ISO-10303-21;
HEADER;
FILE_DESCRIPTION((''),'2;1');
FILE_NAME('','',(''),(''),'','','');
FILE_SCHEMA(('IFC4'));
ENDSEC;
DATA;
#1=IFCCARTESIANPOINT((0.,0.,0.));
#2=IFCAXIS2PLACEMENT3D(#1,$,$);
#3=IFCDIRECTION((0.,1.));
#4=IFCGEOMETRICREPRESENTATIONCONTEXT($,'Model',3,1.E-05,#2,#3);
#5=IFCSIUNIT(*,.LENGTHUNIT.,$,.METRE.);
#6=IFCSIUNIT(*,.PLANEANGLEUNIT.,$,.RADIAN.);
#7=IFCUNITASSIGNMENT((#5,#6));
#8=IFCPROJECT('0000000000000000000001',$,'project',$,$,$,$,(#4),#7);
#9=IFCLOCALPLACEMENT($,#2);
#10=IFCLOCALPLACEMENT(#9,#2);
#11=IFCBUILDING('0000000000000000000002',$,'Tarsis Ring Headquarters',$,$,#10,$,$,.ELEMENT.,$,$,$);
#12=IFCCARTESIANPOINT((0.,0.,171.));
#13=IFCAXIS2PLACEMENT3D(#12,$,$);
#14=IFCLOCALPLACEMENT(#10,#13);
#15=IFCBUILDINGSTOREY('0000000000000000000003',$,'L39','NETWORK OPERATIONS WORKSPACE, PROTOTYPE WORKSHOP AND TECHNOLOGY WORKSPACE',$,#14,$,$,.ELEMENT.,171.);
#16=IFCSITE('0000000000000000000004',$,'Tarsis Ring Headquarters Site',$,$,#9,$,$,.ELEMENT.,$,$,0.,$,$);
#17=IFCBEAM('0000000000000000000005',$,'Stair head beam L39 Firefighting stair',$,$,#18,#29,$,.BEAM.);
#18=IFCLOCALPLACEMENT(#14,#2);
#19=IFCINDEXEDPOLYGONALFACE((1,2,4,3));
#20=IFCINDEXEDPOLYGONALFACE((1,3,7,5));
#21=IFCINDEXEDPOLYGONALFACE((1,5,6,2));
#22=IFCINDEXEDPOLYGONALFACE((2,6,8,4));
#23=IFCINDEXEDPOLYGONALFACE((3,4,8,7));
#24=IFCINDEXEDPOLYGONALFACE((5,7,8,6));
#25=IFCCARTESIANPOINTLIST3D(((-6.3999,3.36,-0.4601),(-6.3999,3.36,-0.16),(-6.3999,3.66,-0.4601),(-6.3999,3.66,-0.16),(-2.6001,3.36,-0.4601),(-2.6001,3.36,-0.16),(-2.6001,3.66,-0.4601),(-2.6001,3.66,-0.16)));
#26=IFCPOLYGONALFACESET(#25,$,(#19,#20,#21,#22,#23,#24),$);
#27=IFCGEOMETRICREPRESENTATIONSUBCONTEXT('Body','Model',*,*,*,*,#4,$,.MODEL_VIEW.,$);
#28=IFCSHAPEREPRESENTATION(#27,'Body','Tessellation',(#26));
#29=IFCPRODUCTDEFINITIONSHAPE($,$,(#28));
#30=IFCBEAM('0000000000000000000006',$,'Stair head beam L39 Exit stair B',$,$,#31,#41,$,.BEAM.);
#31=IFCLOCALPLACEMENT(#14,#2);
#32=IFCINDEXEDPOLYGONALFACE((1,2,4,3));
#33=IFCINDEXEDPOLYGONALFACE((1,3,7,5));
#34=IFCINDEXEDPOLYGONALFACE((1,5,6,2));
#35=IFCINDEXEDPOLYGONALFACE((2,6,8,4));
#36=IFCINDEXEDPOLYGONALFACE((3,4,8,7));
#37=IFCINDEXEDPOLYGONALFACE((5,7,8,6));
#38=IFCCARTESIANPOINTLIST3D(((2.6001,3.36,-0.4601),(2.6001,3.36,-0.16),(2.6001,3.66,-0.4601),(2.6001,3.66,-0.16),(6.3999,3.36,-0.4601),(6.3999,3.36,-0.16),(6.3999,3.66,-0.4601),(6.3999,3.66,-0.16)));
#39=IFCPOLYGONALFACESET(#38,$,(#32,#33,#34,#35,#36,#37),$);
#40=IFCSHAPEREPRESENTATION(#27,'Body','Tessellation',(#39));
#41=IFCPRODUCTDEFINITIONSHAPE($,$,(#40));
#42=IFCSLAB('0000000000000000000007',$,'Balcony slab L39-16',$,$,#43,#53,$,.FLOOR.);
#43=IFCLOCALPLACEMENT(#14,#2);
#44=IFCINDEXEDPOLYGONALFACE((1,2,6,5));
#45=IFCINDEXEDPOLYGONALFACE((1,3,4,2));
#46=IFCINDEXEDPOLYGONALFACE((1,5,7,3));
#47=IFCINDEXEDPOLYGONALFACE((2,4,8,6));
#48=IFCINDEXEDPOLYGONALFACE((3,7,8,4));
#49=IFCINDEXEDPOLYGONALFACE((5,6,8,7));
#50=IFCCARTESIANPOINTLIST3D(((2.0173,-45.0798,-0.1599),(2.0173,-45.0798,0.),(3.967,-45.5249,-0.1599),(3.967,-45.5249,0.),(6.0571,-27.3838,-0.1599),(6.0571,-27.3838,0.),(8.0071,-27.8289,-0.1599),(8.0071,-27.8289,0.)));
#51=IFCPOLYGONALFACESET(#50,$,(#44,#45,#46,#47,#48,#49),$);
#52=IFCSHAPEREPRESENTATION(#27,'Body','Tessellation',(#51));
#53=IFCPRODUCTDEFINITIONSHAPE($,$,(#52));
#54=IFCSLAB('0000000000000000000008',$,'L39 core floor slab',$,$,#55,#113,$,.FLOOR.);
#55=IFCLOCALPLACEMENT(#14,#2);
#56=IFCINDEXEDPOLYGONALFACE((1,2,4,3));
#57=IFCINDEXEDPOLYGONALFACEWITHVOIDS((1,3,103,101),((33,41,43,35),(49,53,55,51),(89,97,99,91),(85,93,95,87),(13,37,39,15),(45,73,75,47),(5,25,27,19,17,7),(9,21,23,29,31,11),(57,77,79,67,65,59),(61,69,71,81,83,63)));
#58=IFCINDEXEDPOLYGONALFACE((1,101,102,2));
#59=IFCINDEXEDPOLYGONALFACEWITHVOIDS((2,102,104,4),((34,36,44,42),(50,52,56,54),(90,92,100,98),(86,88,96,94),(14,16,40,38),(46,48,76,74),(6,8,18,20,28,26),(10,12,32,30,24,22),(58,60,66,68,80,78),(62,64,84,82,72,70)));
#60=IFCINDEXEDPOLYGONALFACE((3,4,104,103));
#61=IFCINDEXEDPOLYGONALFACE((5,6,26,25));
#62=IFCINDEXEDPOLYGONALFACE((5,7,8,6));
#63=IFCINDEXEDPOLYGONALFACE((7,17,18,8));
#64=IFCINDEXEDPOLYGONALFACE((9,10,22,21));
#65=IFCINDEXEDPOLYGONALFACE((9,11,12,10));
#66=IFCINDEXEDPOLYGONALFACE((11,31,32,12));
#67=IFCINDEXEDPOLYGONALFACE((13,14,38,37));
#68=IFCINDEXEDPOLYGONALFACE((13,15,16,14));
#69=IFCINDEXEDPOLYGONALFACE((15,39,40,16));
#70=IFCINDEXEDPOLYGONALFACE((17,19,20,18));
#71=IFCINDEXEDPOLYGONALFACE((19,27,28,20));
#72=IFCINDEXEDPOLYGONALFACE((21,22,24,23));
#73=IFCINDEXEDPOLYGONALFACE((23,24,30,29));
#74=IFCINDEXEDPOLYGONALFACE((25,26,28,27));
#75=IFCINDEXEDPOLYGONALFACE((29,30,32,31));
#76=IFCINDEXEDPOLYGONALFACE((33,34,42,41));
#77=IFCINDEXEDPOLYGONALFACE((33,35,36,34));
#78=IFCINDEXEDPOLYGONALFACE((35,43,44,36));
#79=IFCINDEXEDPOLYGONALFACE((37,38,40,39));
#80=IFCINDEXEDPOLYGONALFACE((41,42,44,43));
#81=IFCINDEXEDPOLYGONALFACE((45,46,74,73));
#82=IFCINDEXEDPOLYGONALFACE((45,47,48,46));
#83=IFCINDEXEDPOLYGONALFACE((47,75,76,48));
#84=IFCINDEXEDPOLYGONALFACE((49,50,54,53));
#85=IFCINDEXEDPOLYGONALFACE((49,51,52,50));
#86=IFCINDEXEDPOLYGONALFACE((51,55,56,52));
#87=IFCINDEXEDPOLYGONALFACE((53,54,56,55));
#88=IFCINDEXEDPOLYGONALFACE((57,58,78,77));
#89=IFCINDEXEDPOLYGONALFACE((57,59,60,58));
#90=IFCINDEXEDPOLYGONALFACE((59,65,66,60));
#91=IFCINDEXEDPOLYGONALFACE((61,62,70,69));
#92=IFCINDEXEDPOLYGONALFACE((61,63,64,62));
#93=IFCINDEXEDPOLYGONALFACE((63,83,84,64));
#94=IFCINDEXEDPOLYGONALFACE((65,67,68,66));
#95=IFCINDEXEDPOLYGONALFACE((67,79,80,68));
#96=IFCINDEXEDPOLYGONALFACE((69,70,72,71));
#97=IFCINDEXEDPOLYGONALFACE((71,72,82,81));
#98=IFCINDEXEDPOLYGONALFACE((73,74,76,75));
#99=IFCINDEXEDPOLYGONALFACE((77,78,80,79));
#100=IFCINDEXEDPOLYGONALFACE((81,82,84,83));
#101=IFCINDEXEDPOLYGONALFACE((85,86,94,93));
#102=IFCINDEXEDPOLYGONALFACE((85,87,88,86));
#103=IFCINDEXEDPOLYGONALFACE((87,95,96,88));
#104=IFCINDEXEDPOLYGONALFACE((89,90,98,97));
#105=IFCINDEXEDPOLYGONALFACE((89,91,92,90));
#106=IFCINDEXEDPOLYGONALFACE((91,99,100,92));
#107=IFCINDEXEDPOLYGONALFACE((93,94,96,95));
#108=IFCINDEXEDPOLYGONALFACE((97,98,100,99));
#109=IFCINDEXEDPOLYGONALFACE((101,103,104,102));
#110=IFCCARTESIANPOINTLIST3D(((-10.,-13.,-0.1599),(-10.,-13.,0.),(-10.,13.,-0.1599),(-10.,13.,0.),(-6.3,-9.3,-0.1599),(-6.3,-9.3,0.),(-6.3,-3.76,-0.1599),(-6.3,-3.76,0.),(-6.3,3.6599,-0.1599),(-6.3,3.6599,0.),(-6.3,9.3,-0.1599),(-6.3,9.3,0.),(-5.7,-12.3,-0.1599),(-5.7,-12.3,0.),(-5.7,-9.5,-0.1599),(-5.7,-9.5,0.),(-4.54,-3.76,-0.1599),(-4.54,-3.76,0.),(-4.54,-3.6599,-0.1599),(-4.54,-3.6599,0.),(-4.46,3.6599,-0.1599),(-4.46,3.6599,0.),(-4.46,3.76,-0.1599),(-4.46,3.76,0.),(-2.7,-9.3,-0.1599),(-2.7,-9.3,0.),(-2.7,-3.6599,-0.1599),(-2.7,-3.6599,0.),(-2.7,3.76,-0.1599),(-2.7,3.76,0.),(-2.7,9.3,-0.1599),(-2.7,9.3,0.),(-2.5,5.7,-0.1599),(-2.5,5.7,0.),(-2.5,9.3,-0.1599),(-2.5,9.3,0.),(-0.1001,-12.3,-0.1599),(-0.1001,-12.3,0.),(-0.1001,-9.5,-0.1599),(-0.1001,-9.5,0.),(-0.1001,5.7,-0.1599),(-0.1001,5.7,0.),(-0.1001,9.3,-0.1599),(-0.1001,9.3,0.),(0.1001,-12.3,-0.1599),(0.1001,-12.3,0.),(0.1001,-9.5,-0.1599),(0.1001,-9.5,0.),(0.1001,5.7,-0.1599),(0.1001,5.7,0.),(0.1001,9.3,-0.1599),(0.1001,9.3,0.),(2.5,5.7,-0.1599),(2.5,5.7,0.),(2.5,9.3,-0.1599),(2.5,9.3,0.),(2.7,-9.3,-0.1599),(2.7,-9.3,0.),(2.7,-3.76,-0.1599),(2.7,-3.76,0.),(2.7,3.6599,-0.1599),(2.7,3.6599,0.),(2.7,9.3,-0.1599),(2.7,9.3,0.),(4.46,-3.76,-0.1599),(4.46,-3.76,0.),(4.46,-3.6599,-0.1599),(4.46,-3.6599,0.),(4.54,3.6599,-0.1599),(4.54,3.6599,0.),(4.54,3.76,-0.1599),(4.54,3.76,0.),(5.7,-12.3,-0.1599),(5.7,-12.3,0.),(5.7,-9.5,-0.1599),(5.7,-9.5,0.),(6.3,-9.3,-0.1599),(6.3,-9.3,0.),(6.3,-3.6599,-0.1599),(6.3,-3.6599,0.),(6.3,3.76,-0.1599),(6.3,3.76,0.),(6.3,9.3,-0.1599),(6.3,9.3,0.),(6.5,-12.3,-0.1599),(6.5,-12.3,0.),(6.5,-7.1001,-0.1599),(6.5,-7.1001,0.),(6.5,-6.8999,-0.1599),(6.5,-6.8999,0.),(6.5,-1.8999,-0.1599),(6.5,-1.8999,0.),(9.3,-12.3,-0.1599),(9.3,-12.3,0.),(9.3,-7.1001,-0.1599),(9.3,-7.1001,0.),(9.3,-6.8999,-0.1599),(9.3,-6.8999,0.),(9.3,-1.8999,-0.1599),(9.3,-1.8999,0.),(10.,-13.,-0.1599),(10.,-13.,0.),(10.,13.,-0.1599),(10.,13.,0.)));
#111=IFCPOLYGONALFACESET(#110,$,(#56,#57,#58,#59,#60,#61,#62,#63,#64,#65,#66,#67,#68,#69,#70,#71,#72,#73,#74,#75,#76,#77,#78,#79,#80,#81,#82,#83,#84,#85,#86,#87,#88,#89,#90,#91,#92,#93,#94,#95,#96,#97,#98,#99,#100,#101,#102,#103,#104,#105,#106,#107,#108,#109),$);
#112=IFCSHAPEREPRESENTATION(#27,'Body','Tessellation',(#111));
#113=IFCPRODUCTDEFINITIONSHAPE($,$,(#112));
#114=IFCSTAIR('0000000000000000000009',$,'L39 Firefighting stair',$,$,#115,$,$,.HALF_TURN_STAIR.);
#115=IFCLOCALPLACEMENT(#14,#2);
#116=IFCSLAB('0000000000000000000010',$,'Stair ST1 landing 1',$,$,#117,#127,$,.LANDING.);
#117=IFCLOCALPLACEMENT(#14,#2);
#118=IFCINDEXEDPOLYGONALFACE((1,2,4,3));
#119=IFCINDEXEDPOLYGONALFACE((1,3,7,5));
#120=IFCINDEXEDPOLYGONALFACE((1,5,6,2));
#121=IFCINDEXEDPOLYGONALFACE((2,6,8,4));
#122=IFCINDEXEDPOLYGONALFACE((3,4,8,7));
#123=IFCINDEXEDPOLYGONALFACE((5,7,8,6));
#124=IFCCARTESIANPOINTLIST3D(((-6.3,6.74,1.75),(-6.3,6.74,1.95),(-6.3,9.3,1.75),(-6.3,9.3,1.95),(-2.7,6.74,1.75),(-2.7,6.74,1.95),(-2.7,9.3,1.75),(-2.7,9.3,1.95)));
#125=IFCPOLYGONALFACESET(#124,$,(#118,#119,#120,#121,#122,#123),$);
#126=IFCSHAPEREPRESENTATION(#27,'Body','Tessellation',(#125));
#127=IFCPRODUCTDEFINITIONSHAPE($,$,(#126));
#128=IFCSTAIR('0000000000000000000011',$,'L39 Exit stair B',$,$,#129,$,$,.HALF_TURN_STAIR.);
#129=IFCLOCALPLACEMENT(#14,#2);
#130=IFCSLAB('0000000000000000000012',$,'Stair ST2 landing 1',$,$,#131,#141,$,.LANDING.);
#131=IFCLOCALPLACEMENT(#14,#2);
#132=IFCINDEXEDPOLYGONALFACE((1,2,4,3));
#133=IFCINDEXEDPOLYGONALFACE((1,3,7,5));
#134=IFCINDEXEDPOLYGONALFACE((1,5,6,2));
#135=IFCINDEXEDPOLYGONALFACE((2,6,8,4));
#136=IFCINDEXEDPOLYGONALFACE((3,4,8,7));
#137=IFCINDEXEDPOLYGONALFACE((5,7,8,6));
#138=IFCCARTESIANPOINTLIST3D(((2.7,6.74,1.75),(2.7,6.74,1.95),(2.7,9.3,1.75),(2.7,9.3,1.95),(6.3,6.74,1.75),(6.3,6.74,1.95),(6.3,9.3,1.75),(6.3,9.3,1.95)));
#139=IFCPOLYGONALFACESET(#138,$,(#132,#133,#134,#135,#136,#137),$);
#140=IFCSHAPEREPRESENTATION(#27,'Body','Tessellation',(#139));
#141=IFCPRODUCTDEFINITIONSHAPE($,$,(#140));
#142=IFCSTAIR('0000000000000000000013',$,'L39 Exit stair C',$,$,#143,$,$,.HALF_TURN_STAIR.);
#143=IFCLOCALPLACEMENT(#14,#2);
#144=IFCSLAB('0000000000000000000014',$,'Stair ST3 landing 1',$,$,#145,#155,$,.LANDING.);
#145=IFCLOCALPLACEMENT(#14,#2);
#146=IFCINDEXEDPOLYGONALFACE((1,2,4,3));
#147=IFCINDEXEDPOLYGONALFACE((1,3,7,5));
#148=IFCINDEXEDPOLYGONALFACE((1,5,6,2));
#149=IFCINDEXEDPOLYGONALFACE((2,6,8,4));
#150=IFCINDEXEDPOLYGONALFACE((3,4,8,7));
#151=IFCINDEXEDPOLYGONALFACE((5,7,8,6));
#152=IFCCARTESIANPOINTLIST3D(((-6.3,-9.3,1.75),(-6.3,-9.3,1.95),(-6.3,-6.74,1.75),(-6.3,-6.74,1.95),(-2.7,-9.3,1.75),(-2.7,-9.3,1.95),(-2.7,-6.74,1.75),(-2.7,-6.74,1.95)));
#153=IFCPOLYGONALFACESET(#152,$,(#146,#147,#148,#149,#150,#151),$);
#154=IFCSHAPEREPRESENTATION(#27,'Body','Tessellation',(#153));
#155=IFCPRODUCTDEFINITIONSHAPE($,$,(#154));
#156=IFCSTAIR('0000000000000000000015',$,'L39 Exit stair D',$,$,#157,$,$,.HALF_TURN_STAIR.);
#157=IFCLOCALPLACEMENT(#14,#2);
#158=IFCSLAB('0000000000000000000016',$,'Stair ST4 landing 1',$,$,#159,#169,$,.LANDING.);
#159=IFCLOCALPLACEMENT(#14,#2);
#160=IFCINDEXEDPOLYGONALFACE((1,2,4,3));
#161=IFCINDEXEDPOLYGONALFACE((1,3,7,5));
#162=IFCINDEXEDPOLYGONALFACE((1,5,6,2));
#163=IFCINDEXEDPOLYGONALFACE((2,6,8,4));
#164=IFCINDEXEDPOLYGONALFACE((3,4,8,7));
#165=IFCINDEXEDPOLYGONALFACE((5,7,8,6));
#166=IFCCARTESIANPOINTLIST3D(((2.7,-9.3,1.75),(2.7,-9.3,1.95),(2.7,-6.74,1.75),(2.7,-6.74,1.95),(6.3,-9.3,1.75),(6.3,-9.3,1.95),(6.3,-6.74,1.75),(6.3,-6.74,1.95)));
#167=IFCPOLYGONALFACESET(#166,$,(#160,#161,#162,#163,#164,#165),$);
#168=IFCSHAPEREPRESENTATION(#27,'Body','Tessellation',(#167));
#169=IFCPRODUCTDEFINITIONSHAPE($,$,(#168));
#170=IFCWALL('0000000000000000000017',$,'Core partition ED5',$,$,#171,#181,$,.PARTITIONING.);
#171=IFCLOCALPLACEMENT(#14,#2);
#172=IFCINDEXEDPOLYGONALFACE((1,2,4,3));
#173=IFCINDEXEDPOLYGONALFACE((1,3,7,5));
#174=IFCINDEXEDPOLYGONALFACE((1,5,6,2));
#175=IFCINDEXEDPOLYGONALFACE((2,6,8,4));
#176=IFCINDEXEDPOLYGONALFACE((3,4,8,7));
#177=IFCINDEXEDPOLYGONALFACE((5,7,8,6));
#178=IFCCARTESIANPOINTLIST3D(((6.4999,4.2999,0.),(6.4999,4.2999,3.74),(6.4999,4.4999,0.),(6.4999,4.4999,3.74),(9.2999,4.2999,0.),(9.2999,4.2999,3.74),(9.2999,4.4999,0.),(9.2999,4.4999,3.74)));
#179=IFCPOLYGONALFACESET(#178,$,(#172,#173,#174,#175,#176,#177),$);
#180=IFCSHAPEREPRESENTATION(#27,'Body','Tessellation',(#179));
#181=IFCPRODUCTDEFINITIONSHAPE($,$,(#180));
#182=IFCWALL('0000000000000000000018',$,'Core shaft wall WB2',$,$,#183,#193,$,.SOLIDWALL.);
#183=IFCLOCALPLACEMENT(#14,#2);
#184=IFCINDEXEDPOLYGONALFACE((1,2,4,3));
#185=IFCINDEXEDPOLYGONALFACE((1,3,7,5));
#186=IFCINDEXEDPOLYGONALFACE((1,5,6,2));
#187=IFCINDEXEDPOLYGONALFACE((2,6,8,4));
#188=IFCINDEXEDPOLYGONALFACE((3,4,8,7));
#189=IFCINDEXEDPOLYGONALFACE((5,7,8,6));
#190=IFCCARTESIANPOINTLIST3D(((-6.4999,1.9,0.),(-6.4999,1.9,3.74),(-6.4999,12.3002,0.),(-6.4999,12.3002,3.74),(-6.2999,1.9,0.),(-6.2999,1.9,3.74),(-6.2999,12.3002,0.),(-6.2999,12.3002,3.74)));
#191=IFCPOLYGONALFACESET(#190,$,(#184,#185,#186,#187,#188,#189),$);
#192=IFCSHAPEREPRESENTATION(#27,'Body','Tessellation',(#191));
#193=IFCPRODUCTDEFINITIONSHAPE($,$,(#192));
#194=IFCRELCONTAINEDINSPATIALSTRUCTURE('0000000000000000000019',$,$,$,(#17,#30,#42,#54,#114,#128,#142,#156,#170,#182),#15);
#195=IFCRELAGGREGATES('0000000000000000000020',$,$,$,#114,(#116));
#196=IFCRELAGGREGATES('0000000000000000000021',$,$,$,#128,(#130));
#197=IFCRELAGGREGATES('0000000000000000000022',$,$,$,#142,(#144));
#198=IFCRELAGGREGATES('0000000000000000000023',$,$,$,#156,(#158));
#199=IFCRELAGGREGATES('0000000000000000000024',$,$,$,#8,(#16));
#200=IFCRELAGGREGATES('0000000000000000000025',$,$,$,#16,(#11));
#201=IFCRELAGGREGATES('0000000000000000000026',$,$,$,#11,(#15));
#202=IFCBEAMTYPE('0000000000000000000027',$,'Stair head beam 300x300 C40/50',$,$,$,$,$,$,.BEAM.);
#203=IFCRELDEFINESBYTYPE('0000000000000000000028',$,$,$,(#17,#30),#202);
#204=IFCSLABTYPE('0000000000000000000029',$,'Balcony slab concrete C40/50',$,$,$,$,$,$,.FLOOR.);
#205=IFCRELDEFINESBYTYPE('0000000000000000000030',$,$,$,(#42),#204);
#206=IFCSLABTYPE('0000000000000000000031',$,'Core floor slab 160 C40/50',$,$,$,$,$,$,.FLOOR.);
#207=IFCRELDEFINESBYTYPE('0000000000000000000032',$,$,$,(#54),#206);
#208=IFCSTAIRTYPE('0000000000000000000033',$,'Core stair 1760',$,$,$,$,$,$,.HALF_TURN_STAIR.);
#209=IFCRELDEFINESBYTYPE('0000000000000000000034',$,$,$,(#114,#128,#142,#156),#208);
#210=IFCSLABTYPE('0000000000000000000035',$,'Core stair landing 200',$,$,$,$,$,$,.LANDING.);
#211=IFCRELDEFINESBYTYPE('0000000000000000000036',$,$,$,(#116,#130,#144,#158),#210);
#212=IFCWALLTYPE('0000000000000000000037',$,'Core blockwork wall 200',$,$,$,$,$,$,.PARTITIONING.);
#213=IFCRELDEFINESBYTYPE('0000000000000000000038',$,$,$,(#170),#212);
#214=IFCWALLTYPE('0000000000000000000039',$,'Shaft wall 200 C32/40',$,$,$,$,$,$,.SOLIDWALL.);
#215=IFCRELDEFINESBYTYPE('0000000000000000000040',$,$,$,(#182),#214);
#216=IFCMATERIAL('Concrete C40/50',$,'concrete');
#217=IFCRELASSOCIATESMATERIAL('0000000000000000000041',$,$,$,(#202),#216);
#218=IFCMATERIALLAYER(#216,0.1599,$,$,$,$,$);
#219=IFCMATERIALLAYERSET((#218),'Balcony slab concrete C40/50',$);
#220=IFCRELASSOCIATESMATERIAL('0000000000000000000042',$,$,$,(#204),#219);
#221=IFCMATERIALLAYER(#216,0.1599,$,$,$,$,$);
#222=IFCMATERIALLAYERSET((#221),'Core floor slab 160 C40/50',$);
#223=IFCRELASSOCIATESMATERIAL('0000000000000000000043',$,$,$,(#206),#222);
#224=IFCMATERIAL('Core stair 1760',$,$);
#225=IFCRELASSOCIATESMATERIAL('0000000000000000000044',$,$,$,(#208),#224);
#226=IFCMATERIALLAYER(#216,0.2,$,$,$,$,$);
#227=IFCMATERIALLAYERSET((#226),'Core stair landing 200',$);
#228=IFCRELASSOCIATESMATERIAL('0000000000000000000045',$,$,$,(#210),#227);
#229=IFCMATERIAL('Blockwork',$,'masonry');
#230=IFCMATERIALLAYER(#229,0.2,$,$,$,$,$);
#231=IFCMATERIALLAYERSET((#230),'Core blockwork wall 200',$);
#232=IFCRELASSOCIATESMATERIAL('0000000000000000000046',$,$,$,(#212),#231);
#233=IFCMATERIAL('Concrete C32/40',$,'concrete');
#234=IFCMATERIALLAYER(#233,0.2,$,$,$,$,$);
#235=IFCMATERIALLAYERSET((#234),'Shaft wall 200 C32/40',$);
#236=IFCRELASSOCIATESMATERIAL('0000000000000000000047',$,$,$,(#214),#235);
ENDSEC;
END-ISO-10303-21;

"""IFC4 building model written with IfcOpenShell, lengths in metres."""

from ifc_helpers import new_model, si_unit, direction, frame, frame_2d, origin, origin_2d, place, context, subcontext, project, spatial, polyline, rectangle, outline, extrude, material, layer, layer_set, material_profile, profile_set, type_object, element, aggregate, save


model = new_model("IFC4")

# Units and contexts
model_context = context("Model", 3, precision=1e-05, world=origin(), true_north=direction((0.0, 1.0)))
body_context = subcontext(model_context, "Body", "Model", "MODEL_VIEW")
ifc_project = project(units=[si_unit("LENGTHUNIT", "METRE"), si_unit("PLANEANGLEUNIT", "RADIAN")], contexts=[model_context])

# Site, building, storey
site_placement = place(None, origin())
site = spatial("IfcSite", under=ifc_project, at=site_placement, Name="Tarsis Ring Headquarters Site", CompositionType="ELEMENT", RefElevation=0.0)
building_placement = place(site_placement, origin())
building = spatial("IfcBuilding", under=site, at=building_placement, Name="Tarsis Ring Headquarters", CompositionType="ELEMENT")
storey_placement = place(building_placement, frame((0.0, 0.0, 171.0)))
storey = spatial("IfcBuildingStorey", under=building, at=storey_placement, Name="L39", Description="NETWORK OPERATIONS WORKSPACE, PROTOTYPE WORKSHOP AND TECHNOLOGY WORKSPACE", CompositionType="ELEMENT", Elevation=171.0)

# Beams
ifc_material_1 = material(Name="Concrete C40/50", Category="concrete")
ifc_material_profile = material_profile(ifc_material_1, rectangle(XDim=0.3, YDim=0.3, at=origin_2d()), Name="Stair head beam 300x300 C40/50")
ifc_profile_set = profile_set([ifc_material_profile], Name="Concrete C40/50")
beam_type = type_object("IfcBeamType", Name="Stair head beam 300x300 C40/50", PredefinedType="BEAM", material=ifc_profile_set)
for number, where, z_axis, x_axis, name in (
    (1, (-6.3999, 3.51, -0.3101), (1.0, 0.0, 0.0), (0.0, 1.0, 0.0), "Stair head beam L39 Firefighting stair"),
    (2, (2.6001, 3.51, -0.3101), (1.0, 0.0, 0.0), (0.0, 1.0, 0.0), "Stair head beam L39 Exit stair B"),
):
    element("IfcBeam", number, at=place(storey_placement, frame(where, z_axis=z_axis, x_axis=x_axis)), inside=storey, type_object=beam_type, Name=name, PredefinedType="BEAM", context=body_context, shape_type="SweptSolid", body=[
        extrude(rectangle(XDim=0.3, YDim=0.3, at=origin_2d()), origin(), (0.0, 0.0, 1.0), 3.7998),
    ])

# Slabs
ifc_layer_1 = layer(ifc_material_1, 0.1599)
ifc_layer_set_1 = layer_set([ifc_layer_1], Name="Balcony slab concrete C40/50")
slab_type_1 = type_object("IfcSlabType", Name="Balcony slab concrete C40/50", PredefinedType="FLOOR", material=ifc_layer_set_1)
slab_1_placement = place(storey_placement, frame((0.0, 0.0, -0.1599)))
element("IfcSlab", 3, at=slab_1_placement, inside=storey, type_object=slab_type_1, Name="Balcony slab L39-16", PredefinedType="FLOOR", context=body_context, shape_type="SweptSolid", body=[
    extrude(outline(polyline([(2.0173, -45.0798), (3.967, -45.5249), (8.0071, -27.8289), (6.0571, -27.3838), (2.0173, -45.0798)])), origin(), (0.0, 0.0, 1.0), 0.1599),
])
ifc_layer_2 = layer(ifc_material_1, 0.1599)
ifc_layer_set_2 = layer_set([ifc_layer_2], Name="Core floor slab 160 C40/50")
slab_type_2 = type_object("IfcSlabType", Name="Core floor slab 160 C40/50", PredefinedType="FLOOR", material=ifc_layer_set_2)
slab_2_placement = place(storey_placement, frame((0.0, 0.0, -0.1599)))
element("IfcSlab", 4, at=slab_2_placement, inside=storey, type_object=slab_type_2, Name="L39 core floor slab", PredefinedType="FLOOR", context=body_context, shape_type="SweptSolid", body=[
    extrude(outline(polyline([(-10.0, -13.0), (10.0, -13.0), (10.0, 13.0), (-10.0, 13.0), (-10.0, -13.0)]), holes=[polyline([(-2.5, 5.7), (-0.1001, 5.7), (-0.1001, 9.3), (-2.5, 9.3), (-2.5, 5.7)]), polyline([(0.1001, 5.7), (2.5, 5.7), (2.5, 9.3), (0.1001, 9.3), (0.1001, 5.7)]), polyline([(6.5, -12.3), (9.3, -12.3), (9.3, -7.1001), (6.5, -7.1001), (6.5, -12.3)]), polyline([(6.5, -6.8999), (9.3, -6.8999), (9.3, -1.8999), (6.5, -1.8999), (6.5, -6.8999)]), polyline([(-5.7, -12.3), (-0.1001, -12.3), (-0.1001, -9.5), (-5.7, -9.5), (-5.7, -12.3)]), polyline([(0.1001, -12.3), (5.7, -12.3), (5.7, -9.5), (0.1001, -9.5), (0.1001, -12.3)]), polyline([(-2.7, 3.76), (-2.7, 9.3), (-6.3, 9.3), (-6.3, 3.6599), (-4.46, 3.6599), (-4.46, 3.76), (-2.7, 3.76)]), polyline([(6.3, 3.76), (6.3, 9.3), (2.7, 9.3), (2.7, 3.6599), (4.54, 3.6599), (4.54, 3.76), (6.3, 3.76)]), polyline([(-6.3, -3.76), (-6.3, -9.3), (-2.7, -9.3), (-2.7, -3.6599), (-4.54, -3.6599), (-4.54, -3.76), (-6.3, -3.76)]), polyline([(2.7, -3.76), (2.7, -9.3), (6.3, -9.3), (6.3, -3.6599), (4.46, -3.6599), (4.46, -3.76), (2.7, -3.76)])]), origin(), (0.0, 0.0, 1.0), 0.1599),
])

# Stairs, slabs
ifc_material_2 = material(Name="Core stair 1760")
stair_type = type_object("IfcStairType", Name="Core stair 1760", PredefinedType="HALF_TURN_STAIR", material=ifc_material_2)
stair_1_placement = place(storey_placement, origin())
stair_1 = element("IfcStair", 5, at=stair_1_placement, inside=storey, type_object=stair_type, Name="L39 Firefighting stair", PredefinedType="HALF_TURN_STAIR")
ifc_layer_3 = layer(ifc_material_1, 0.2)
ifc_layer_set_3 = layer_set([ifc_layer_3], Name="Core stair landing 200")
slab_type_3 = type_object("IfcSlabType", Name="Core stair landing 200", PredefinedType="LANDING", material=ifc_layer_set_3)
slab_3_placement = place(storey_placement, frame((0.0, 0.0, 1.75)))
slab_3 = element("IfcSlab", 6, at=slab_3_placement, type_object=slab_type_3, Name="Stair ST1 landing 1", PredefinedType="LANDING", context=body_context, shape_type="SweptSolid", body=[
    extrude(outline(polyline([(-2.7, 6.74), (-2.7, 9.3), (-6.3, 9.3), (-6.3, 6.74), (-2.7, 6.74)])), origin(), (0.0, 0.0, 1.0), 0.2),
])
aggregate(stair_1, [slab_3])
stair_2_placement = place(storey_placement, origin())
stair_2 = element("IfcStair", 7, at=stair_2_placement, inside=storey, type_object=stair_type, Name="L39 Exit stair B", PredefinedType="HALF_TURN_STAIR")
slab_4_placement = place(storey_placement, frame((0.0, 0.0, 1.75)))
slab_4 = element("IfcSlab", 8, at=slab_4_placement, type_object=slab_type_3, Name="Stair ST2 landing 1", PredefinedType="LANDING", context=body_context, shape_type="SweptSolid", body=[
    extrude(outline(polyline([(6.3, 6.74), (6.3, 9.3), (2.7, 9.3), (2.7, 6.74), (6.3, 6.74)])), origin(), (0.0, 0.0, 1.0), 0.2),
])
aggregate(stair_2, [slab_4])
stair_3_placement = place(storey_placement, origin())
stair_3 = element("IfcStair", 9, at=stair_3_placement, inside=storey, type_object=stair_type, Name="L39 Exit stair C", PredefinedType="HALF_TURN_STAIR")
slab_5_placement = place(storey_placement, frame((0.0, 0.0, 1.75)))
slab_5 = element("IfcSlab", 10, at=slab_5_placement, type_object=slab_type_3, Name="Stair ST3 landing 1", PredefinedType="LANDING", context=body_context, shape_type="SweptSolid", body=[
    extrude(outline(polyline([(-6.3, -6.74), (-6.3, -9.3), (-2.7, -9.3), (-2.7, -6.74), (-6.3, -6.74)])), origin(), (0.0, 0.0, 1.0), 0.2),
])
aggregate(stair_3, [slab_5])
stair_4_placement = place(storey_placement, origin())
stair_4 = element("IfcStair", 11, at=stair_4_placement, inside=storey, type_object=stair_type, Name="L39 Exit stair D", PredefinedType="HALF_TURN_STAIR")
slab_6_placement = place(storey_placement, frame((0.0, 0.0, 1.75)))
slab_6 = element("IfcSlab", 12, at=slab_6_placement, type_object=slab_type_3, Name="Stair ST4 landing 1", PredefinedType="LANDING", context=body_context, shape_type="SweptSolid", body=[
    extrude(outline(polyline([(2.7, -6.74), (2.7, -9.3), (6.3, -9.3), (6.3, -6.74), (2.7, -6.74)])), origin(), (0.0, 0.0, 1.0), 0.2),
])
aggregate(stair_4, [slab_6])

# Walls
ifc_material_3 = material(Name="Blockwork", Category="masonry")
ifc_layer_4 = layer(ifc_material_3, 0.2)
ifc_layer_set_4 = layer_set([ifc_layer_4], Name="Core blockwork wall 200")
wall_type_1 = type_object("IfcWallType", Name="Core blockwork wall 200", PredefinedType="PARTITIONING", material=ifc_layer_set_4)
wall_1_placement = place(storey_placement, frame((6.5, 4.3999, 0.0), z_axis=(0.0, 0.0, 1.0), x_axis=(1.0, 0.0, 0.0)))
element("IfcWall", 13, at=wall_1_placement, inside=storey, type_object=wall_type_1, Name="Core partition ED5", PredefinedType="PARTITIONING", context=body_context, shape_type="SweptSolid", body=[
    extrude(rectangle(XDim=2.8, YDim=0.2, at=frame_2d((1.3999, 0.0))), origin(), (0.0, 0.0, 1.0), 3.74),
])
ifc_material_4 = material(Name="Concrete C32/40", Category="concrete")
ifc_layer_5 = layer(ifc_material_4, 0.2)
ifc_layer_set_5 = layer_set([ifc_layer_5], Name="Shaft wall 200 C32/40")
wall_type_2 = type_object("IfcWallType", Name="Shaft wall 200 C32/40", PredefinedType="SOLIDWALL", material=ifc_layer_set_5)
for number, where, z_axis, x_axis, name in (
    (14, (-6.3999, 1.8999, 0.0), (0.0, 0.0, 1.0), (0.0, 1.0, 0.0), "Core shaft wall WB2"),
):
    element("IfcWall", number, at=place(storey_placement, frame(where, z_axis=z_axis, x_axis=x_axis)), inside=storey, type_object=wall_type_2, Name=name, PredefinedType="SOLIDWALL", context=body_context, shape_type="SweptSolid", body=[
        extrude(rectangle(XDim=10.4001, YDim=0.2, at=frame_2d((5.2002, 0.0))), origin(), (0.0, 0.0, 1.0), 3.74),
    ])

save(model, "model.ifc")
